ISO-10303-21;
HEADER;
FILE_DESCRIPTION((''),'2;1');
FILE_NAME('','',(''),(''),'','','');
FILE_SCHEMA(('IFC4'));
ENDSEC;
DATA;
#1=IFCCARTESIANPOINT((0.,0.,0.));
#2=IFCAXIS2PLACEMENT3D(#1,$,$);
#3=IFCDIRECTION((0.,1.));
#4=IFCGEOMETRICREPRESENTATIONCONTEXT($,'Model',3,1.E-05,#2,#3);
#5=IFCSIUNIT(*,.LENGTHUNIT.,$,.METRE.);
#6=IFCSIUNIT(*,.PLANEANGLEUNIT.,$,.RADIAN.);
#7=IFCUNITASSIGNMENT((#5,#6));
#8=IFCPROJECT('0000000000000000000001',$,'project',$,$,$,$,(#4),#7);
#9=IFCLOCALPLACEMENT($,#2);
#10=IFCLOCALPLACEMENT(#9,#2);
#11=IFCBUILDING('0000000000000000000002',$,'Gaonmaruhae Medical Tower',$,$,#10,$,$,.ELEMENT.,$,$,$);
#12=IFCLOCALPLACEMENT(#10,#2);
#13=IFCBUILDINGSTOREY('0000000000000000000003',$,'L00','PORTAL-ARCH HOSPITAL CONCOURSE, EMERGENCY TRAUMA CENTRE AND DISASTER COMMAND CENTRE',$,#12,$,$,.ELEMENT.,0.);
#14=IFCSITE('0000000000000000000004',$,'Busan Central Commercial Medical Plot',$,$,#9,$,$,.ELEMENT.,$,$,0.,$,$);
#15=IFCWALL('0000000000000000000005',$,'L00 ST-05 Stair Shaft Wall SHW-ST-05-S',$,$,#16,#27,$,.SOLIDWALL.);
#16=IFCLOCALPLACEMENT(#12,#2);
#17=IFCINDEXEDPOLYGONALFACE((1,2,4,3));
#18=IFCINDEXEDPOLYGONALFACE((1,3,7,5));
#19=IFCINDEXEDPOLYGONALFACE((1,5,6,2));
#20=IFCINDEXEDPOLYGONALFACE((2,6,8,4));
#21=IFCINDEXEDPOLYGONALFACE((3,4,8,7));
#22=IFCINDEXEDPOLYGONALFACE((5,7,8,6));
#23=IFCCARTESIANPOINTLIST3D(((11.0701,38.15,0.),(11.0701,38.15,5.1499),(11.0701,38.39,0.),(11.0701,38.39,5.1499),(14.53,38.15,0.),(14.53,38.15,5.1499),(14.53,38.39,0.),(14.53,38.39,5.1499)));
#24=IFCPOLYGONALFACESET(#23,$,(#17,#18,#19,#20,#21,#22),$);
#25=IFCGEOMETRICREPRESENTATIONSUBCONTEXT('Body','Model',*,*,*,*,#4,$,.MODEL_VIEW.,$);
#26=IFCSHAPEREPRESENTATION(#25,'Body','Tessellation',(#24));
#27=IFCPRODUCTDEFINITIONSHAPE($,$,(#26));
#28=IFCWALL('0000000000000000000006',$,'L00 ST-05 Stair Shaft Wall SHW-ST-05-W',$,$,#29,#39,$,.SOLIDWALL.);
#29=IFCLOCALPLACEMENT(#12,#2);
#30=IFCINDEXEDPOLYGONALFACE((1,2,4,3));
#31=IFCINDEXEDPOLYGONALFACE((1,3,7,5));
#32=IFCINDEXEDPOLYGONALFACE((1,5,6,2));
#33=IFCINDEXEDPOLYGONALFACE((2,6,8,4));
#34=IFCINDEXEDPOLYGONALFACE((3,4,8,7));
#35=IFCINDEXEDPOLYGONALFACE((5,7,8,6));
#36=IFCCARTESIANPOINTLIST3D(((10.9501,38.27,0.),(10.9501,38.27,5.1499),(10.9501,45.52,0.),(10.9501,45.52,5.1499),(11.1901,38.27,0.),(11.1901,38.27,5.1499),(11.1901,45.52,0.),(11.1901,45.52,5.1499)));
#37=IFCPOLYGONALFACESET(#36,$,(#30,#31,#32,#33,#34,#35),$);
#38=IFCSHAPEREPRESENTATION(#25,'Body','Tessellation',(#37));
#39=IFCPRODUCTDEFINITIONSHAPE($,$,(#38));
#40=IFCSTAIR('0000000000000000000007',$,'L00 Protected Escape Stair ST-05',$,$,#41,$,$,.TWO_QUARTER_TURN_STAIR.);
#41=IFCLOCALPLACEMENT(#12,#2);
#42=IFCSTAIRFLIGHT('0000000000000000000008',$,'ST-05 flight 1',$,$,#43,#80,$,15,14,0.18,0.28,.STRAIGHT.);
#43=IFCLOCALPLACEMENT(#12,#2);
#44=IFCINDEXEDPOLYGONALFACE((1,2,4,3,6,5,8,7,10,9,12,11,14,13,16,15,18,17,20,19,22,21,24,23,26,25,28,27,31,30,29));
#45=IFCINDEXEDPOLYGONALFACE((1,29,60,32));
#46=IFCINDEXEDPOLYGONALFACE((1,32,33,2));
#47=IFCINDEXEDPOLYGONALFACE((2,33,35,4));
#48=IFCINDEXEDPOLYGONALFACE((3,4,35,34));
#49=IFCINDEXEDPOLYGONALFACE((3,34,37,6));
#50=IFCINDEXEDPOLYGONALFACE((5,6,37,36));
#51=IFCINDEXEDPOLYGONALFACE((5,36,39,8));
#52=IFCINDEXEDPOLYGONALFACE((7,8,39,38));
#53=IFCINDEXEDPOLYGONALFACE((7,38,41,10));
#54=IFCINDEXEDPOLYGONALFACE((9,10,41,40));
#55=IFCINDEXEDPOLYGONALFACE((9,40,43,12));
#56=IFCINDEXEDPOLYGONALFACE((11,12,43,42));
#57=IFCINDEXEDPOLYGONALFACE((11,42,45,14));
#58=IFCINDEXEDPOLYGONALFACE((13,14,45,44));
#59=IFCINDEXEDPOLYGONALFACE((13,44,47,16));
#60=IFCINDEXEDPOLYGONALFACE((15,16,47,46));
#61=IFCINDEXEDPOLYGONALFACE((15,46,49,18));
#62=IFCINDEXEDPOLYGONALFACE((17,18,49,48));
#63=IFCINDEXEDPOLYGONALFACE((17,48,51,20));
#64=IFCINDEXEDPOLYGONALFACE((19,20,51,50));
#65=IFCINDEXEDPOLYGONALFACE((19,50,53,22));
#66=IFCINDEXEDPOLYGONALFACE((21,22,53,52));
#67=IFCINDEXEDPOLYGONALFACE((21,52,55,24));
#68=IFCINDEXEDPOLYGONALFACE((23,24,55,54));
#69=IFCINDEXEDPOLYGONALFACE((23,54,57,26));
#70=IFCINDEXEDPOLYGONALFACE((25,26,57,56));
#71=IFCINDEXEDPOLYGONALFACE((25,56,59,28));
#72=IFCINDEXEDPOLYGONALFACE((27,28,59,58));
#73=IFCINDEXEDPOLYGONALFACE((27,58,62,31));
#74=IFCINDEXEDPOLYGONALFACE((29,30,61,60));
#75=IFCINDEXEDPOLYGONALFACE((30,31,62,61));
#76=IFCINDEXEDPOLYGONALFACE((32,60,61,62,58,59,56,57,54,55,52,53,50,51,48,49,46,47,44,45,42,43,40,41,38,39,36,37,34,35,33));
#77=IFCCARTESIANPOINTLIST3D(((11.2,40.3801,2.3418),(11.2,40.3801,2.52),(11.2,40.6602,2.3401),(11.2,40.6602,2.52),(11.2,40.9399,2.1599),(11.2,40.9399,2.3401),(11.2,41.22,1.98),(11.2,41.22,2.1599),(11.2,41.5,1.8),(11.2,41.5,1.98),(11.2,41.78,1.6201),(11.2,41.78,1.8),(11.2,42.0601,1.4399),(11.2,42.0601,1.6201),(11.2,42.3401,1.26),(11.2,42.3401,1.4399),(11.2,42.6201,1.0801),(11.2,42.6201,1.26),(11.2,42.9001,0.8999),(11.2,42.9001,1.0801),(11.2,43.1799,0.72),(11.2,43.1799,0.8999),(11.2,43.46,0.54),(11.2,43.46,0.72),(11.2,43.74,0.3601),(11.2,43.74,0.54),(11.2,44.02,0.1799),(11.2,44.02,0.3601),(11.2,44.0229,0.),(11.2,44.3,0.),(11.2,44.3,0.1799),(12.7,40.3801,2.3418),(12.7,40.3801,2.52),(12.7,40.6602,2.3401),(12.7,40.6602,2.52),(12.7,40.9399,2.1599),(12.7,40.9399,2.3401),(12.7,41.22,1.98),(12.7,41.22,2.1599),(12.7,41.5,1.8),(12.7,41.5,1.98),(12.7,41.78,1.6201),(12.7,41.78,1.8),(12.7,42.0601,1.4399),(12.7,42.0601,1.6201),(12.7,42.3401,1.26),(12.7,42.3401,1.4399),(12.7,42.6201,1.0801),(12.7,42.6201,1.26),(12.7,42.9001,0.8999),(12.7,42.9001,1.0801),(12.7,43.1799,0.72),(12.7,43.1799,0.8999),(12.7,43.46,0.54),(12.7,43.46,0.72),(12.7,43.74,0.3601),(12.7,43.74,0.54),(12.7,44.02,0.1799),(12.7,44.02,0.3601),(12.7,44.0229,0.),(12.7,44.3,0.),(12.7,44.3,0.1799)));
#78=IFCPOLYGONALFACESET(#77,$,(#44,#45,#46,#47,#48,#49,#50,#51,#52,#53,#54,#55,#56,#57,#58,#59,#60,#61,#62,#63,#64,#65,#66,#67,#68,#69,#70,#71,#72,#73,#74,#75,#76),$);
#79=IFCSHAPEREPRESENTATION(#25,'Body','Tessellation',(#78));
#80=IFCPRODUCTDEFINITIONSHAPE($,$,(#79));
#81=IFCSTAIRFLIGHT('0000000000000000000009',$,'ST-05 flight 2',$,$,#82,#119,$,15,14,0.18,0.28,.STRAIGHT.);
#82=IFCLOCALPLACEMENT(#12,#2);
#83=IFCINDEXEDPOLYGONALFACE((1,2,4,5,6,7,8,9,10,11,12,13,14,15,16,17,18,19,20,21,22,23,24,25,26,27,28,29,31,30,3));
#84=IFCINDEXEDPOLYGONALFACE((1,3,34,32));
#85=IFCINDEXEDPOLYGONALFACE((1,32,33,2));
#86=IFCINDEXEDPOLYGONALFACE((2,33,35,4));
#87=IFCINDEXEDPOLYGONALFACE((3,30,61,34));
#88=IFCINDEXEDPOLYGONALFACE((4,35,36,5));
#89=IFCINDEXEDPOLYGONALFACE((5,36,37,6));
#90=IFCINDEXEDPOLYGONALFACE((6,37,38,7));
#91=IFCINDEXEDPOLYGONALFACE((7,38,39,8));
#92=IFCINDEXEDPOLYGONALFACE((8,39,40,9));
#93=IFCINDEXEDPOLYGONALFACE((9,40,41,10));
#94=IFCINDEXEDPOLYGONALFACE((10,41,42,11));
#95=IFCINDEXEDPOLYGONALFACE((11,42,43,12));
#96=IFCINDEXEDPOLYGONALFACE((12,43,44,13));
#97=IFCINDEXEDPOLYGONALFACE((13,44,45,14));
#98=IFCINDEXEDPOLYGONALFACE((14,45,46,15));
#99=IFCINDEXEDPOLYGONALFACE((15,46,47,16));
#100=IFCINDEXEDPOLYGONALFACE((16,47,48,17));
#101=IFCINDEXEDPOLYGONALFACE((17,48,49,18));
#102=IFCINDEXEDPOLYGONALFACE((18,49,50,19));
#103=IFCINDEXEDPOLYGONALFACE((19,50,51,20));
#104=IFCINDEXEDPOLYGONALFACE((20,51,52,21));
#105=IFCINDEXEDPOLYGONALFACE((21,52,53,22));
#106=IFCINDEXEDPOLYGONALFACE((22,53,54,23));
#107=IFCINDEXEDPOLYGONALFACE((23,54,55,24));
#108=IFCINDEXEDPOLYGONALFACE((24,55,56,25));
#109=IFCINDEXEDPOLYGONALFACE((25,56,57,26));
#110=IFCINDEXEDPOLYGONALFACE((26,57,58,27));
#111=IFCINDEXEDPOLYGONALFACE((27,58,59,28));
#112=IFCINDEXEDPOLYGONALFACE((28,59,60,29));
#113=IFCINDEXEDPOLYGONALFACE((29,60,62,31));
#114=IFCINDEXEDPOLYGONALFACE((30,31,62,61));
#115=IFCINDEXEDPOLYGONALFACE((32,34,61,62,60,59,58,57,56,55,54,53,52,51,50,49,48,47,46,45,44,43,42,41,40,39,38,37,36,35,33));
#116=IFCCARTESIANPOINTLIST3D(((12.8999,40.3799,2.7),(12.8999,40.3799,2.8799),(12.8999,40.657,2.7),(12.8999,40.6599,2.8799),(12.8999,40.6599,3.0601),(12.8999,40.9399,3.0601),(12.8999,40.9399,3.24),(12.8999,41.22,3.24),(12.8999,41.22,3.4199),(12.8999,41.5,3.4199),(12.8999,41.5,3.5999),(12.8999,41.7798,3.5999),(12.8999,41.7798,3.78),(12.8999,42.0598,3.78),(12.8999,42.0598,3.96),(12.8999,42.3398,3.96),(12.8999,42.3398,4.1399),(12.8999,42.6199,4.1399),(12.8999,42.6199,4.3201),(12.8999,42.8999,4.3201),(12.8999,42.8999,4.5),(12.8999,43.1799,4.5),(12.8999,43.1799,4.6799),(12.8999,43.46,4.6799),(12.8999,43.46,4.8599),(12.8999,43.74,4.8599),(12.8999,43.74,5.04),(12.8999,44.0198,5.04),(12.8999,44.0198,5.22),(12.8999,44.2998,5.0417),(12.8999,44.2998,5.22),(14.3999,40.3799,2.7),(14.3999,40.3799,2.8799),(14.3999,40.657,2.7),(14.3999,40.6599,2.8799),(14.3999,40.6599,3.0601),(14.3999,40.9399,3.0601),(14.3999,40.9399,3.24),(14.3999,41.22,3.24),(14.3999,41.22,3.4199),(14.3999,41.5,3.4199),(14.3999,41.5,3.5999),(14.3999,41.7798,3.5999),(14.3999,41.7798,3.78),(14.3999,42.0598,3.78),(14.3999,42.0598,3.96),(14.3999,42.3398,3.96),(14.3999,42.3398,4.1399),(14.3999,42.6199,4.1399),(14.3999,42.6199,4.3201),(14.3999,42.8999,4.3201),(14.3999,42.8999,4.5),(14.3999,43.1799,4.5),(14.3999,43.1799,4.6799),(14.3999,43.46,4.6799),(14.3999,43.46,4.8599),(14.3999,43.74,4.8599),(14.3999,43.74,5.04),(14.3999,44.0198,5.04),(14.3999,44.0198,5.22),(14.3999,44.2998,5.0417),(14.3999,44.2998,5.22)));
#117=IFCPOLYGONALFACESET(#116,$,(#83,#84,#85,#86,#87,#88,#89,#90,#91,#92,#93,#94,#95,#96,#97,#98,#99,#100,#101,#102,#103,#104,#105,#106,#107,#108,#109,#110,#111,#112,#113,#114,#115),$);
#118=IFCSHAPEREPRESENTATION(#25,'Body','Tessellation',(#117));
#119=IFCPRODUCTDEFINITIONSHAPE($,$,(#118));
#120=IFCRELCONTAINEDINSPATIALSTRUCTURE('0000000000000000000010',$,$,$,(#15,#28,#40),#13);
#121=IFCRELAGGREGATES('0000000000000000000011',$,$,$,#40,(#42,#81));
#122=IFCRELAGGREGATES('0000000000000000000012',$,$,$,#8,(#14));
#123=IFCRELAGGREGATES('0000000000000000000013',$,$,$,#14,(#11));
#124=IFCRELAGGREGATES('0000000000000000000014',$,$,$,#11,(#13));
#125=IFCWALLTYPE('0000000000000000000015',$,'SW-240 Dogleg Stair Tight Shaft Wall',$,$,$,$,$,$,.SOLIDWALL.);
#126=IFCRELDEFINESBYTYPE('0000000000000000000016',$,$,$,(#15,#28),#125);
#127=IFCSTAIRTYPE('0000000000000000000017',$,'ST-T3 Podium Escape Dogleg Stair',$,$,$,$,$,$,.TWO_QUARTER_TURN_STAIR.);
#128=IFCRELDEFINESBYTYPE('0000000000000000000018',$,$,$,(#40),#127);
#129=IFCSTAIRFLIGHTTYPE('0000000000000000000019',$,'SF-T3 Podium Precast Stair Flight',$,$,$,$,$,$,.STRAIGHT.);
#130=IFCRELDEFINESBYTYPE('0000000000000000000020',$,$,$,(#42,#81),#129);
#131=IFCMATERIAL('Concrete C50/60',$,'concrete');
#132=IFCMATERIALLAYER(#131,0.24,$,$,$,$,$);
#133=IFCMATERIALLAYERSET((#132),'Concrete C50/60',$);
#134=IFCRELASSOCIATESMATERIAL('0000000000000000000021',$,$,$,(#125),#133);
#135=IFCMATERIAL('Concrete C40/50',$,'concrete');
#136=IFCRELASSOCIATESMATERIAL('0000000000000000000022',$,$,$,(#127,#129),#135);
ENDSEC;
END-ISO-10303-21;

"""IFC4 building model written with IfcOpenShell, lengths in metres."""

from ifc_helpers import new_model, si_unit, direction, frame, frame_2d, origin, place, context, subcontext, project, spatial, polyline, rectangle, outline, extrude, material, layer, layer_set, type_object, element, aggregate, save


model = new_model("IFC4")

# Units and contexts
model_context = context("Model", 3, precision=1e-05, world=origin(), true_north=direction((0.0, 1.0)))
body_context = subcontext(model_context, "Body", "Model", "MODEL_VIEW")
ifc_project = project(units=[si_unit("LENGTHUNIT", "METRE"), si_unit("PLANEANGLEUNIT", "RADIAN")], contexts=[model_context])

# Site, building, storey
site_placement = place(None, origin())
site = spatial("IfcSite", under=ifc_project, at=site_placement, Name="Busan Central Commercial Medical Plot", CompositionType="ELEMENT", RefElevation=0.0)
building_placement = place(site_placement, origin())
building = spatial("IfcBuilding", under=site, at=building_placement, Name="Gaonmaruhae Medical Tower", CompositionType="ELEMENT")
storey_placement = place(building_placement, origin())
storey = spatial("IfcBuildingStorey", under=building, at=storey_placement, Name="L00", Description="PORTAL-ARCH HOSPITAL CONCOURSE, EMERGENCY TRAUMA CENTRE AND DISASTER COMMAND CENTRE", CompositionType="ELEMENT", Elevation=0.0)

# Shared definitions
ifc_material_1 = material(Name="Concrete C40/50", Category="concrete")

# Shared definitions
ifc_material_2 = material(Name="Concrete C50/60", Category="concrete")

# Shared definitions
ifc_layer_1 = layer(ifc_material_2, 0.24)
ifc_layer_set_1 = layer_set([ifc_layer_1], Name="Concrete C50/60")
wall_type_1 = type_object("IfcWallType", Name="SW-240 Dogleg Stair Tight Shaft Wall", PredefinedType="SOLIDWALL", material=ifc_layer_set_1)

# Walls
wall_1_placement = place(storey_placement, frame((14.53, 38.27, 0.0), z_axis=(0.0, 0.0, 1.0), x_axis=(-1.0, 0.0, 0.0)))
element("IfcWall", 1, at=wall_1_placement, inside=storey, type_object=wall_type_1, Name="L00 ST-05 Stair Shaft Wall SHW-ST-05-S", PredefinedType="SOLIDWALL", context=body_context, shape_type="SweptSolid", body=[
    extrude(rectangle(XDim=3.46, YDim=0.24, at=frame_2d((1.73, 0.0))), origin(), (0.0, 0.0, 1.0), 5.1499),
])
wall_2_placement = place(storey_placement, frame((11.0701, 38.27, 0.0), z_axis=(0.0, 0.0, 1.0), x_axis=(0.0, 1.0, 0.0)))
element("IfcWall", 2, at=wall_2_placement, inside=storey, type_object=wall_type_1, Name="L00 ST-05 Stair Shaft Wall SHW-ST-05-W", PredefinedType="SOLIDWALL", context=body_context, shape_type="SweptSolid", body=[
    extrude(rectangle(XDim=7.25, YDim=0.24, at=frame_2d((3.625, 0.0))), origin(), (0.0, 0.0, 1.0), 5.1499),
])

# Stair, stair flights
stair_type = type_object("IfcStairType", Name="ST-T3 Podium Escape Dogleg Stair", PredefinedType="TWO_QUARTER_TURN_STAIR", material=ifc_material_1)
stair_placement = place(storey_placement, origin())
stair = element("IfcStair", 3, at=stair_placement, inside=storey, type_object=stair_type, Name="L00 Protected Escape Stair ST-05", PredefinedType="TWO_QUARTER_TURN_STAIR")
stair_flight_type = type_object("IfcStairFlightType", Name="SF-T3 Podium Precast Stair Flight", PredefinedType="STRAIGHT", material=ifc_material_1)
stair_flight_1_placement = place(storey_placement, frame((11.95, 44.3, 0.0), z_axis=(0.0, 0.0, 1.0), x_axis=(0.0, -1.0, 0.0)))
stair_flight_1 = element("IfcStairFlight", 4, at=stair_flight_1_placement, type_object=stair_flight_type, Name="ST-05 flight 1", NumberOfRisers=15, NumberOfTreads=14, PredefinedType="STRAIGHT", RiserHeight=0.18, TreadLength=0.28, context=body_context, shape_type="SweptSolid", body=[
    extrude(outline(polyline([(0.0, 0.0), (0.0, 0.1799), (0.28, 0.1799), (0.28, 0.3601), (0.5601, 0.3601), (0.5601, 0.54), (0.8401, 0.54), (0.8401, 0.72), (1.1201, 0.72), (1.1201, 0.8999), (1.3999, 0.8999), (1.3999, 1.0801), (1.6799, 1.0801), (1.6799, 1.26), (1.96, 1.26), (1.96, 1.4399), (2.24, 1.4399), (2.24, 1.6201), (2.52, 1.6201), (2.52, 1.8), (2.8, 1.8), (2.8, 1.98), (3.0801, 1.98), (3.0801, 2.1599), (3.3601, 2.1599), (3.3601, 2.3401), (3.6399, 2.3401), (3.6399, 2.52), (3.9199, 2.52), (3.9199, 2.7), (3.9199, 2.3418), (0.2771, 0.0), (0.0, 0.0)])), frame((0.0, 0.75, 0.0), z_axis=(0.0, -1.0, 0.0), x_axis=(1.0, 0.0, 0.0)), (0.0, 0.0, 1.0), 1.5),
])
stair_flight_2_placement = place(storey_placement, frame((13.6499, 40.3799, 2.7), z_axis=(0.0, 0.0, 1.0), x_axis=(0.0, 1.0, 0.0)))
stair_flight_2 = element("IfcStairFlight", 5, at=stair_flight_2_placement, type_object=stair_flight_type, Name="ST-05 flight 2", NumberOfRisers=15, NumberOfTreads=14, PredefinedType="STRAIGHT", RiserHeight=0.18, TreadLength=0.28, context=body_context, shape_type="SweptSolid", body=[
    extrude(outline(polyline([(0.0, 0.0), (0.0, 0.1799), (0.28, 0.1799), (0.28, 0.3601), (0.5601, 0.3601), (0.5601, 0.54), (0.8401, 0.54), (0.8401, 0.72), (1.1201, 0.72), (1.1201, 0.8999), (1.3999, 0.8999), (1.3999, 1.0801), (1.6799, 1.0801), (1.6799, 1.26), (1.96, 1.26), (1.96, 1.4399), (2.24, 1.4399), (2.24, 1.6201), (2.52, 1.6201), (2.52, 1.8), (2.8, 1.8), (2.8, 1.98), (3.0801, 1.98), (3.0801, 2.1599), (3.3601, 2.1599), (3.3601, 2.3401), (3.6399, 2.3401), (3.6399, 2.52), (3.9199, 2.52), (3.9199, 2.7), (3.9199, 2.3418), (0.2771, 0.0), (0.0, 0.0)])), frame((0.0, 0.75, 0.0), z_axis=(0.0, -1.0, 0.0), x_axis=(1.0, 0.0, 0.0)), (0.0, 0.0, 1.0), 1.5),
])
aggregate(stair, [stair_flight_1, stair_flight_2])

save(model, "model.ifc")
